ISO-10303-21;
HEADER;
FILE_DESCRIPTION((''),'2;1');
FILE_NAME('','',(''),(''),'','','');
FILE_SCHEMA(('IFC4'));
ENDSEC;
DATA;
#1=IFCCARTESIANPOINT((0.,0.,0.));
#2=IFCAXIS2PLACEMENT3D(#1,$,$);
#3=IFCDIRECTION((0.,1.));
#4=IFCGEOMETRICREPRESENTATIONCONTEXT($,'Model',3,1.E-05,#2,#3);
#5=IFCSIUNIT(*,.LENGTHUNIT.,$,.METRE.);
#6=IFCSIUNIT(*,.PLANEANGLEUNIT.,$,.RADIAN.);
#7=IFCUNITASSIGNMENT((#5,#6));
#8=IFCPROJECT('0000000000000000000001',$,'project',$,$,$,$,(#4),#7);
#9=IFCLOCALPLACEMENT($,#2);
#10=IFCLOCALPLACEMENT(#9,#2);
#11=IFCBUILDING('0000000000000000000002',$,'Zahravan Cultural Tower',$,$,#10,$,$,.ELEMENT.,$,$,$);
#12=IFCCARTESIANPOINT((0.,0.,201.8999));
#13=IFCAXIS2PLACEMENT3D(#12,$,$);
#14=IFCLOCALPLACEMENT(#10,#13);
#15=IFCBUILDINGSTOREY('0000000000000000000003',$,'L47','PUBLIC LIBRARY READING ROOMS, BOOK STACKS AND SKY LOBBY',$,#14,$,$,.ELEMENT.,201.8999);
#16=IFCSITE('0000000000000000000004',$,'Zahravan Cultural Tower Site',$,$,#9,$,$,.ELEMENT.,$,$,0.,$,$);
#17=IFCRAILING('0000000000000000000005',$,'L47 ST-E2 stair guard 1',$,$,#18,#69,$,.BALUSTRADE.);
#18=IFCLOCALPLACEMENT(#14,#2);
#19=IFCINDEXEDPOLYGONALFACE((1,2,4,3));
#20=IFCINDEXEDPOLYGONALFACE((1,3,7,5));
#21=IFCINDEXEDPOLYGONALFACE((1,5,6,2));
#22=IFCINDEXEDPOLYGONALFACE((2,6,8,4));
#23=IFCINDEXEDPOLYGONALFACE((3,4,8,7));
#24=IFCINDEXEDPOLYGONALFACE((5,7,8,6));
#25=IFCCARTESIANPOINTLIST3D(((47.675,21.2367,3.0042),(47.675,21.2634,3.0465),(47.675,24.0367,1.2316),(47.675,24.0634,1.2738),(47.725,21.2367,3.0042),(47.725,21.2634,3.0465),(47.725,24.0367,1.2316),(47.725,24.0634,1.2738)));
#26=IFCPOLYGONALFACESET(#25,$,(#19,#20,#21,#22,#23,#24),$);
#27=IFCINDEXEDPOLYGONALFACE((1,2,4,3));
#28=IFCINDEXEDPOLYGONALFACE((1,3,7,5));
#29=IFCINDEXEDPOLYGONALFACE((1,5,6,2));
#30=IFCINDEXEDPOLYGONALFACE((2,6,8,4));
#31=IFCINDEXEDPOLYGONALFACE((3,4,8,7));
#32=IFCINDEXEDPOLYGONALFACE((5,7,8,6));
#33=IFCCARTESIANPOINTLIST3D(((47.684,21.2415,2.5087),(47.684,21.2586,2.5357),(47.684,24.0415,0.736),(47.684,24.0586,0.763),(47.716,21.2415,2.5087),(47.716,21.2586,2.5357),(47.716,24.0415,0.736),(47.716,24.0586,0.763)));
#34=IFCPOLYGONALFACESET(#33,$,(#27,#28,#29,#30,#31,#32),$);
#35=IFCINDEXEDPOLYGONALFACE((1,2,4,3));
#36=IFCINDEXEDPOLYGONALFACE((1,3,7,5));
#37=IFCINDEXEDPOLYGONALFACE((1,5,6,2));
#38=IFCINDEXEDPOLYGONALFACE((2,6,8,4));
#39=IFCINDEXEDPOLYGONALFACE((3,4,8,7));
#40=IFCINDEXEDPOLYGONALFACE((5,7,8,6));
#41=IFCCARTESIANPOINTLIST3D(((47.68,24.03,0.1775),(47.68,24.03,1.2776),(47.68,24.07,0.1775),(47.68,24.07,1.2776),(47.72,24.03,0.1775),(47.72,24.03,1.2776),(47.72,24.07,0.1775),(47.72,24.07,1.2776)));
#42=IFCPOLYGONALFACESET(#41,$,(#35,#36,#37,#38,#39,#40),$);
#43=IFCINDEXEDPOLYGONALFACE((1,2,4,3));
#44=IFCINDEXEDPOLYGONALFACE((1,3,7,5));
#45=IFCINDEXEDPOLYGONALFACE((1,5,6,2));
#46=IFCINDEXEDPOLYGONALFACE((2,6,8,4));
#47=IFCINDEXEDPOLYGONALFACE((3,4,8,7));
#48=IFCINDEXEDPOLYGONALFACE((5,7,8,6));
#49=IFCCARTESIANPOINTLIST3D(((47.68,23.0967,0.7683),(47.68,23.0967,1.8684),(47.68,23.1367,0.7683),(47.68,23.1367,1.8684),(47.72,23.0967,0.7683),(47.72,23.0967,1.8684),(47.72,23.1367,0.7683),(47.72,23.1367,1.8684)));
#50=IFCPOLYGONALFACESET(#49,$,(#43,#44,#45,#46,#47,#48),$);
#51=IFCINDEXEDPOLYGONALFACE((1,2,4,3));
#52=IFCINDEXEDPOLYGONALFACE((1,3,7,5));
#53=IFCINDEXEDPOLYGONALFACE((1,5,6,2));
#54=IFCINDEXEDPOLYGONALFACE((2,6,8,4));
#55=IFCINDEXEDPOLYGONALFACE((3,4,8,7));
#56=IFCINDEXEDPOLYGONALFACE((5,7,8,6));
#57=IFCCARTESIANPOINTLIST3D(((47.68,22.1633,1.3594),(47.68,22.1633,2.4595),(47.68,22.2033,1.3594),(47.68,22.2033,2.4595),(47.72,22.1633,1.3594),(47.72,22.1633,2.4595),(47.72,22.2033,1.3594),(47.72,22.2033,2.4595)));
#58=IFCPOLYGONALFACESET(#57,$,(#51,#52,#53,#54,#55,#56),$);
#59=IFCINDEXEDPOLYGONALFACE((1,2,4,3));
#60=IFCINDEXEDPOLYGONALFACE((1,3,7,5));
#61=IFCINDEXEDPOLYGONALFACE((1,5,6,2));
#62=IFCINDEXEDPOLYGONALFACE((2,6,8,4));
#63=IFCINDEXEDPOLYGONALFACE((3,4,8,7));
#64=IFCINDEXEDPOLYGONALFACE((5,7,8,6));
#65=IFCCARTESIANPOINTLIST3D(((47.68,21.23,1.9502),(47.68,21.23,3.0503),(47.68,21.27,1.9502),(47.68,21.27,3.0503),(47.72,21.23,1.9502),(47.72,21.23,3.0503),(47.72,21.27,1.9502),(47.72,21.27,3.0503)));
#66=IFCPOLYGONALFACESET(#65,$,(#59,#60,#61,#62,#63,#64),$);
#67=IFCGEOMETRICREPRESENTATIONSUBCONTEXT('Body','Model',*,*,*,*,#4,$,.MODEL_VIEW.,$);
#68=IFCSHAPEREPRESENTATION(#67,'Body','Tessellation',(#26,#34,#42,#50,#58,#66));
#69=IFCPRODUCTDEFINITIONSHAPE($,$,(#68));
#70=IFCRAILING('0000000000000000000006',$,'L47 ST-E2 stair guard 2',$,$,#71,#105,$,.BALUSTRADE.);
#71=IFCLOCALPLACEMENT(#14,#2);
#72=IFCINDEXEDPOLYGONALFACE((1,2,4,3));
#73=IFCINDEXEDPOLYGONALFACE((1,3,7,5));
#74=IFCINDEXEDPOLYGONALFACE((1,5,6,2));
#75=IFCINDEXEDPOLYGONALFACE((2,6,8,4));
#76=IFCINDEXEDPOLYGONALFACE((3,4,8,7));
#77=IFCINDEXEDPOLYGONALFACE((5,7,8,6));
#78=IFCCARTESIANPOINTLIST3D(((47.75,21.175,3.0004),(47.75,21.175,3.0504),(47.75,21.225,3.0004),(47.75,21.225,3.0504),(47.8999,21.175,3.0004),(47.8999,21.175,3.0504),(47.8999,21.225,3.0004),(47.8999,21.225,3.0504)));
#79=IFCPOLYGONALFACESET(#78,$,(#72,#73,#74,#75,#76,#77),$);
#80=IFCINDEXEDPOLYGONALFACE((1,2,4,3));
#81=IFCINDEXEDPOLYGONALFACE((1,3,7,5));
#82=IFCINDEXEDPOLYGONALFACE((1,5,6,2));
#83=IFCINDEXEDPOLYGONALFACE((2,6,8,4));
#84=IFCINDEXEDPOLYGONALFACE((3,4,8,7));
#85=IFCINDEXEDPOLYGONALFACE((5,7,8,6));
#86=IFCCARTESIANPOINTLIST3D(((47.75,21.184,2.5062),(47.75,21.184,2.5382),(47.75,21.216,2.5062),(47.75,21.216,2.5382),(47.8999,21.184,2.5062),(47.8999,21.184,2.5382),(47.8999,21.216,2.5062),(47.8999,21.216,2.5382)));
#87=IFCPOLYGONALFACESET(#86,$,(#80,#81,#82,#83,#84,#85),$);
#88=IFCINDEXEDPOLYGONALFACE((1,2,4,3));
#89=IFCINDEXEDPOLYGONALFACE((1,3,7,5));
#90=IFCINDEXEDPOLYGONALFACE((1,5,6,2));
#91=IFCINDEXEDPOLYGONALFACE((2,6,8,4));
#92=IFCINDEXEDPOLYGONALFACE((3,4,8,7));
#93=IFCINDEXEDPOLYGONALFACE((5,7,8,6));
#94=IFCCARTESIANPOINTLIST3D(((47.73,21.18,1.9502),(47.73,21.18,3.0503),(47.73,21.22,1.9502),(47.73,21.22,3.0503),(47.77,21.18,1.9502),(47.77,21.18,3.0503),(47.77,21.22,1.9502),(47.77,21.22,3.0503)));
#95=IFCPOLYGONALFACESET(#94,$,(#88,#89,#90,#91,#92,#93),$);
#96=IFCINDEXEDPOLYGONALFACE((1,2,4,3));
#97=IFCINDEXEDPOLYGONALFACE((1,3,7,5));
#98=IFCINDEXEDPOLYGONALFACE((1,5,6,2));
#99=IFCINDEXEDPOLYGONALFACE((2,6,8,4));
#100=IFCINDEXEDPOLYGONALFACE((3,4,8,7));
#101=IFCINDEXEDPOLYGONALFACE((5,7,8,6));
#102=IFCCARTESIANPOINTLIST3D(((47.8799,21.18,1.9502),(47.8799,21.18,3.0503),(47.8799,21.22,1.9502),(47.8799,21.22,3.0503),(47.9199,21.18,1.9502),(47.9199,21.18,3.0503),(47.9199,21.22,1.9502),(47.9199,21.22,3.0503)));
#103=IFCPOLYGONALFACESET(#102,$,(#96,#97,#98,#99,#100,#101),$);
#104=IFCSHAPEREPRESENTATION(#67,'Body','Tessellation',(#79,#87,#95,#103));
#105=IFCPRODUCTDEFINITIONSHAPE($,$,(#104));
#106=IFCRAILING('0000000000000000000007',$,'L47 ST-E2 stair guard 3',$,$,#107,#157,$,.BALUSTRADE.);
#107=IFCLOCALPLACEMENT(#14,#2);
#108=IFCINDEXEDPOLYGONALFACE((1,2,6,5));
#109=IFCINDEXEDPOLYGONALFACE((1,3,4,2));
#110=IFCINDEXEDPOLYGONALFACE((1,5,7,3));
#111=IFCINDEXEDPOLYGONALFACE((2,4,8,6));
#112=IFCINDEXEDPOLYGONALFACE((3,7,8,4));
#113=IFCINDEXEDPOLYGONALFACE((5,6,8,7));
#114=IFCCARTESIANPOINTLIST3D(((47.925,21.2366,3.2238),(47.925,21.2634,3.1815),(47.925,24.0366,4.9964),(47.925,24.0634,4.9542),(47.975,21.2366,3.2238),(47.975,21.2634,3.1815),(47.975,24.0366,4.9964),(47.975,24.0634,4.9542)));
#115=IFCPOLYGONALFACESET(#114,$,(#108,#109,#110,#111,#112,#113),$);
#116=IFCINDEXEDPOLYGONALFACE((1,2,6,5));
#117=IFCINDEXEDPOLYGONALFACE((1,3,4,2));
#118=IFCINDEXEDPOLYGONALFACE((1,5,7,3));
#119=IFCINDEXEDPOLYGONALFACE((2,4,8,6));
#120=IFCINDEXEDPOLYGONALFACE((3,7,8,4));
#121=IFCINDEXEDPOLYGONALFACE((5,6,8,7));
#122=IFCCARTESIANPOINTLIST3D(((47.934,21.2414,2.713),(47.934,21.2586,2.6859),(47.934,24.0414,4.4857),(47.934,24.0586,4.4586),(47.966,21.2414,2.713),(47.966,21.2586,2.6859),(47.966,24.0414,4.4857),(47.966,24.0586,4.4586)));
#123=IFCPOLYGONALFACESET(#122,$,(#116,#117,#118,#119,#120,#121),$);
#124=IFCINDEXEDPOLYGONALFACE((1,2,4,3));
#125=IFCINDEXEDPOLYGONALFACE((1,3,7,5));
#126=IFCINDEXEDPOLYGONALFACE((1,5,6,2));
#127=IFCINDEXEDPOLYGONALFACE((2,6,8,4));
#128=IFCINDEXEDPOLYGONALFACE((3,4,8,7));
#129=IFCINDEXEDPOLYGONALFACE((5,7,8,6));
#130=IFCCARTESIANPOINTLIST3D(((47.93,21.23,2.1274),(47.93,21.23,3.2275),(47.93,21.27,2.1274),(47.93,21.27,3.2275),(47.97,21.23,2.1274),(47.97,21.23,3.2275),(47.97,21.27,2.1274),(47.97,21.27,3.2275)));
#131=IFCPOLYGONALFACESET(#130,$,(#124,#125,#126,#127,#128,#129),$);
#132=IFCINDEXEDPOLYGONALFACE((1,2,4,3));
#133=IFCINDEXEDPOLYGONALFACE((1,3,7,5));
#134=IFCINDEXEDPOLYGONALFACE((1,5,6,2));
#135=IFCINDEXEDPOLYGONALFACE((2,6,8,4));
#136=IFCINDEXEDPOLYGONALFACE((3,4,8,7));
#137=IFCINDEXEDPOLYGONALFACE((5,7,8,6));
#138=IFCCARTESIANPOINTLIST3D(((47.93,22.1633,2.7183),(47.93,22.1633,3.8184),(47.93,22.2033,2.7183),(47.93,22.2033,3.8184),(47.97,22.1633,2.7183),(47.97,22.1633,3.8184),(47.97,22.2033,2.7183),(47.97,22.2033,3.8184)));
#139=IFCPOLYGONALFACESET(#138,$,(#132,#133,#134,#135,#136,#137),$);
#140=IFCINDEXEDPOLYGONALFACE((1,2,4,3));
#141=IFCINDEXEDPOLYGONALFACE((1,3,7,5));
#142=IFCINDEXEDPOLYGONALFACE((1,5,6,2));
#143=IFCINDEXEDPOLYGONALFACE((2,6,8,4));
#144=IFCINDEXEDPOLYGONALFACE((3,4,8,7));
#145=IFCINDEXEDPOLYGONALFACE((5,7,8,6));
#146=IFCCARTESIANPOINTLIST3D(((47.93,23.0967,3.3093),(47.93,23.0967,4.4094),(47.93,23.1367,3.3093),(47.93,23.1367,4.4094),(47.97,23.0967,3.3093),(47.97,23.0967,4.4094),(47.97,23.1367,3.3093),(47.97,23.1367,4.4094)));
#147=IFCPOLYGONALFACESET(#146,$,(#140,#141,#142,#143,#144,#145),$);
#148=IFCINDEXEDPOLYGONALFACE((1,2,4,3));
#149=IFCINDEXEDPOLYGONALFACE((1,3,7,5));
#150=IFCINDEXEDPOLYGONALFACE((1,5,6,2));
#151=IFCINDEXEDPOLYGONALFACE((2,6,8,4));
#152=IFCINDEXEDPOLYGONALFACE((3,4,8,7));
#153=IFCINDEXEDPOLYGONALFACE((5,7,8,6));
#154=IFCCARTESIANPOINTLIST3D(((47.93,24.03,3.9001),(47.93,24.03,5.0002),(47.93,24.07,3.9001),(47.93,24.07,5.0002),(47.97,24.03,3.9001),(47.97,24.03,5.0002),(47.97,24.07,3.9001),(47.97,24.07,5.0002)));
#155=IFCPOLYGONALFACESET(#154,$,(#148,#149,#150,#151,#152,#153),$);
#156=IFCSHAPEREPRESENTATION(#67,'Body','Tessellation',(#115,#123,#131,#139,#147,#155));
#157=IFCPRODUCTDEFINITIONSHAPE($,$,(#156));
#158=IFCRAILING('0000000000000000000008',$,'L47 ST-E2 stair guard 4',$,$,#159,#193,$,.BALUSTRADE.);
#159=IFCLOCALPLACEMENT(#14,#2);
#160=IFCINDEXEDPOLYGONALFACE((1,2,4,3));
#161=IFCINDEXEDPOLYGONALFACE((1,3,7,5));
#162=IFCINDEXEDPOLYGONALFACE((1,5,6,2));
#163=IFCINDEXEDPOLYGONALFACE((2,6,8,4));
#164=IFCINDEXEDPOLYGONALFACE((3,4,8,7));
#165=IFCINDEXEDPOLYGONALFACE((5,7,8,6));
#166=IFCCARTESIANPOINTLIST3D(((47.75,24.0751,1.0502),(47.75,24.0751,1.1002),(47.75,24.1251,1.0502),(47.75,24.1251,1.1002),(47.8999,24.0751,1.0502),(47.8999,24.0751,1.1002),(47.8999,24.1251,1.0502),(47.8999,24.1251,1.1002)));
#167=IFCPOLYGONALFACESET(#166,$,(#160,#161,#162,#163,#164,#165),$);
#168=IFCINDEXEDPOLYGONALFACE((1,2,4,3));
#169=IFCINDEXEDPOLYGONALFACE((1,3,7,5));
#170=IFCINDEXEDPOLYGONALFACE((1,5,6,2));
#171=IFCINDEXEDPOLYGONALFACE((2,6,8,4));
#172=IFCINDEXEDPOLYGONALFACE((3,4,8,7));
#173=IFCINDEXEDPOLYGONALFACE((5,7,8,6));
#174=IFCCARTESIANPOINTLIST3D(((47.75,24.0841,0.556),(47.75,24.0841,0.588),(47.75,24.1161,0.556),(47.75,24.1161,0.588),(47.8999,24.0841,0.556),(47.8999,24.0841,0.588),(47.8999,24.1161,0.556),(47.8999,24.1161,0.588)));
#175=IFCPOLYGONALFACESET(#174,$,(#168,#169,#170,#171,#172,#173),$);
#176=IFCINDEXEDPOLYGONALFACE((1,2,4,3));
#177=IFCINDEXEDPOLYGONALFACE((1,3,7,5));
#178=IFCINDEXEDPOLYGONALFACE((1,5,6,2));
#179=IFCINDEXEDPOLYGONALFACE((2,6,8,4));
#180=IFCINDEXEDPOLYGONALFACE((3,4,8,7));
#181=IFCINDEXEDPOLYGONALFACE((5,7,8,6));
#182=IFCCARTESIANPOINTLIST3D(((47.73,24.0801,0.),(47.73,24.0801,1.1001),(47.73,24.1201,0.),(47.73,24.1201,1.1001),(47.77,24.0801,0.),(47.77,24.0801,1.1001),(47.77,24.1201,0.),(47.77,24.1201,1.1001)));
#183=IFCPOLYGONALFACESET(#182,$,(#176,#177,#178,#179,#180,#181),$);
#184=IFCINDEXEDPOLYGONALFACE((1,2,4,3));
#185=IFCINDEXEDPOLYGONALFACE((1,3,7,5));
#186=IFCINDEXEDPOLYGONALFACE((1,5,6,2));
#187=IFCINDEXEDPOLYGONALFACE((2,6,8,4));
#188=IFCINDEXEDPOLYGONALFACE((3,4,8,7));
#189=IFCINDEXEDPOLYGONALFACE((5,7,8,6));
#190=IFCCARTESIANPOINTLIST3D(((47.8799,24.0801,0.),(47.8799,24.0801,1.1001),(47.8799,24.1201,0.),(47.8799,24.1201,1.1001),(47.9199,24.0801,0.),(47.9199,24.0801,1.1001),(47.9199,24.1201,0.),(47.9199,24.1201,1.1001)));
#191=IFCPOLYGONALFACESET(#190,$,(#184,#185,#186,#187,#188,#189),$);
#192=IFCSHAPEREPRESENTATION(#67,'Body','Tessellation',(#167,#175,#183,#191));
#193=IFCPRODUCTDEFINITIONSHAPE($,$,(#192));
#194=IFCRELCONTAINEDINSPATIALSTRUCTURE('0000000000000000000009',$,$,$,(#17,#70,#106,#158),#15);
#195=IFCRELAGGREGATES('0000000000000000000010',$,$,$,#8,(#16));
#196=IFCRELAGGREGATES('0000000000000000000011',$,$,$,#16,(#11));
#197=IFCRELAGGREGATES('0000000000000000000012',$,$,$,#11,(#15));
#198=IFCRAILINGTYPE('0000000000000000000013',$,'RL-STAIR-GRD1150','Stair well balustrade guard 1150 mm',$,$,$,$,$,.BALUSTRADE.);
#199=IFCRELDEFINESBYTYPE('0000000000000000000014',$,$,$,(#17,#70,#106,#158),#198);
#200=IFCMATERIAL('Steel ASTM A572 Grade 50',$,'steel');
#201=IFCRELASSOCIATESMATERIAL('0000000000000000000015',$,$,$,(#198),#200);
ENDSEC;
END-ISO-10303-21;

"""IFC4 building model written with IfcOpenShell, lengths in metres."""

from ifc_helpers import new_model, si_unit, direction, frame, origin, origin_2d, place, context, subcontext, project, spatial, rectangle, extrude, material, type_object, element, save


model = new_model("IFC4")

# Units and contexts
model_context = context("Model", 3, precision=1e-05, world=origin(), true_north=direction((0.0, 1.0)))
body_context = subcontext(model_context, "Body", "Model", "MODEL_VIEW")
ifc_project = project(units=[si_unit("LENGTHUNIT", "METRE"), si_unit("PLANEANGLEUNIT", "RADIAN")], contexts=[model_context])

# Site, building, storey
site_placement = place(None, origin())
site = spatial("IfcSite", under=ifc_project, at=site_placement, Name="Zahravan Cultural Tower Site", CompositionType="ELEMENT", RefElevation=0.0)
building_placement = place(site_placement, origin())
building = spatial("IfcBuilding", under=site, at=building_placement, Name="Zahravan Cultural Tower", CompositionType="ELEMENT")
storey_placement = place(building_placement, frame((0.0, 0.0, 201.8999)))
storey = spatial("IfcBuildingStorey", under=building, at=storey_placement, Name="L47", Description="PUBLIC LIBRARY READING ROOMS, BOOK STACKS AND SKY LOBBY", CompositionType="ELEMENT", Elevation=201.8999)

# Railings
ifc_material_1 = material(Name="Steel ASTM A572 Grade 50", Category="steel")
railing_type_1 = type_object("IfcRailingType", Name="RL-STAIR-GRD1150", Description="Stair well balustrade guard 1150 mm", PredefinedType="BALUSTRADE", material=ifc_material_1)
railing_1_placement = place(storey_placement, frame((47.7, 24.05, 0.1775)))
element("IfcRailing", 1, at=railing_1_placement, inside=storey, type_object=railing_type_1, Name="L47 ST-E2 stair guard 1", PredefinedType="BALUSTRADE", context=body_context, shape_type="SweptSolid", body=[
    extrude(rectangle(XDim=0.05, YDim=0.05, at=origin_2d()), frame((0.0, 0.0, 1.0752), z_axis=(0.0, -0.844909, 0.53491), x_axis=(1.0, 0.0, 0.0)), (0.0, 0.0, 1.0), 3.314),
    extrude(rectangle(XDim=0.032, YDim=0.032, at=origin_2d()), frame((0.0, 0.0, 0.572), z_axis=(0.0, -0.844909, 0.53491), x_axis=(1.0, 0.0, 0.0)), (0.0, 0.0, 1.0), 3.314),
    extrude(rectangle(XDim=0.04, YDim=0.04, at=origin_2d()), origin(), (0.0, 0.0, 1.0), 1.1001),
    extrude(rectangle(XDim=0.04, YDim=0.04, at=origin_2d()), frame((0.0, -0.9333, 0.5908)), (0.0, 0.0, 1.0), 1.1001),
    extrude(rectangle(XDim=0.04, YDim=0.04, at=origin_2d()), frame((0.0, -1.8667, 1.1819)), (0.0, 0.0, 1.0), 1.1001),
    extrude(rectangle(XDim=0.04, YDim=0.04, at=origin_2d()), frame((0.0, -2.8, 1.7727)), (0.0, 0.0, 1.0), 1.1001),
])
railing_2_placement = place(storey_placement, frame((47.75, 21.2, 1.9502)))
element("IfcRailing", 2, at=railing_2_placement, inside=storey, type_object=railing_type_1, Name="L47 ST-E2 stair guard 2", PredefinedType="BALUSTRADE", context=body_context, shape_type="SweptSolid", body=[
    extrude(rectangle(XDim=0.05, YDim=0.05, at=origin_2d()), frame((0.0, 0.0, 1.0752), z_axis=(1.0, 0.0, 0.0), x_axis=(0.0, 1.0, 0.0)), (0.0, 0.0, 1.0), 0.1499),
    extrude(rectangle(XDim=0.032, YDim=0.032, at=origin_2d()), frame((0.0, 0.0, 0.572), z_axis=(1.0, 0.0, 0.0), x_axis=(0.0, 1.0, 0.0)), (0.0, 0.0, 1.0), 0.1499),
    extrude(rectangle(XDim=0.04, YDim=0.04, at=origin_2d()), origin(), (0.0, 0.0, 1.0), 1.1001),
    extrude(rectangle(XDim=0.04, YDim=0.04, at=origin_2d()), frame((0.1499, 0.0, 0.0)), (0.0, 0.0, 1.0), 1.1001),
])
railing_3_placement = place(storey_placement, frame((47.95, 21.25, 2.1274)))
element("IfcRailing", 3, at=railing_3_placement, inside=storey, type_object=railing_type_1, Name="L47 ST-E2 stair guard 3", PredefinedType="BALUSTRADE", context=body_context, shape_type="SweptSolid", body=[
    extrude(rectangle(XDim=0.05, YDim=0.05, at=origin_2d()), frame((0.0, 0.0, 1.0752), z_axis=(0.0, 0.844909, 0.53491), x_axis=(-1.0, 0.0, 0.0)), (0.0, 0.0, 1.0), 3.314),
    extrude(rectangle(XDim=0.032, YDim=0.032, at=origin_2d()), frame((0.0, 0.0, 0.572), z_axis=(0.0, 0.844909, 0.53491), x_axis=(-1.0, 0.0, 0.0)), (0.0, 0.0, 1.0), 3.314),
    extrude(rectangle(XDim=0.04, YDim=0.04, at=origin_2d()), origin(), (0.0, 0.0, 1.0), 1.1001),
    extrude(rectangle(XDim=0.04, YDim=0.04, at=origin_2d()), frame((0.0, 0.9333, 0.5908)), (0.0, 0.0, 1.0), 1.1001),
    extrude(rectangle(XDim=0.04, YDim=0.04, at=origin_2d()), frame((0.0, 1.8667, 1.1819)), (0.0, 0.0, 1.0), 1.1001),
    extrude(rectangle(XDim=0.04, YDim=0.04, at=origin_2d()), frame((0.0, 2.8, 1.7727)), (0.0, 0.0, 1.0), 1.1001),
])
railing_4_placement = place(storey_placement, frame((47.75, 24.1001, 0.0)))
element("IfcRailing", 4, at=railing_4_placement, inside=storey, type_object=railing_type_1, Name="L47 ST-E2 stair guard 4", PredefinedType="BALUSTRADE", context=body_context, shape_type="SweptSolid", body=[
    extrude(rectangle(XDim=0.05, YDim=0.05, at=origin_2d()), frame((0.0, 0.0, 1.0752), z_axis=(1.0, 0.0, 0.0), x_axis=(0.0, 1.0, 0.0)), (0.0, 0.0, 1.0), 0.1499),
    extrude(rectangle(XDim=0.032, YDim=0.032, at=origin_2d()), frame((0.0, 0.0, 0.572), z_axis=(1.0, 0.0, 0.0), x_axis=(0.0, 1.0, 0.0)), (0.0, 0.0, 1.0), 0.1499),
    extrude(rectangle(XDim=0.04, YDim=0.04, at=origin_2d()), origin(), (0.0, 0.0, 1.0), 1.1001),
    extrude(rectangle(XDim=0.04, YDim=0.04, at=origin_2d()), frame((0.1499, 0.0, 0.0)), (0.0, 0.0, 1.0), 1.1001),
])

save(model, "model.ifc")
